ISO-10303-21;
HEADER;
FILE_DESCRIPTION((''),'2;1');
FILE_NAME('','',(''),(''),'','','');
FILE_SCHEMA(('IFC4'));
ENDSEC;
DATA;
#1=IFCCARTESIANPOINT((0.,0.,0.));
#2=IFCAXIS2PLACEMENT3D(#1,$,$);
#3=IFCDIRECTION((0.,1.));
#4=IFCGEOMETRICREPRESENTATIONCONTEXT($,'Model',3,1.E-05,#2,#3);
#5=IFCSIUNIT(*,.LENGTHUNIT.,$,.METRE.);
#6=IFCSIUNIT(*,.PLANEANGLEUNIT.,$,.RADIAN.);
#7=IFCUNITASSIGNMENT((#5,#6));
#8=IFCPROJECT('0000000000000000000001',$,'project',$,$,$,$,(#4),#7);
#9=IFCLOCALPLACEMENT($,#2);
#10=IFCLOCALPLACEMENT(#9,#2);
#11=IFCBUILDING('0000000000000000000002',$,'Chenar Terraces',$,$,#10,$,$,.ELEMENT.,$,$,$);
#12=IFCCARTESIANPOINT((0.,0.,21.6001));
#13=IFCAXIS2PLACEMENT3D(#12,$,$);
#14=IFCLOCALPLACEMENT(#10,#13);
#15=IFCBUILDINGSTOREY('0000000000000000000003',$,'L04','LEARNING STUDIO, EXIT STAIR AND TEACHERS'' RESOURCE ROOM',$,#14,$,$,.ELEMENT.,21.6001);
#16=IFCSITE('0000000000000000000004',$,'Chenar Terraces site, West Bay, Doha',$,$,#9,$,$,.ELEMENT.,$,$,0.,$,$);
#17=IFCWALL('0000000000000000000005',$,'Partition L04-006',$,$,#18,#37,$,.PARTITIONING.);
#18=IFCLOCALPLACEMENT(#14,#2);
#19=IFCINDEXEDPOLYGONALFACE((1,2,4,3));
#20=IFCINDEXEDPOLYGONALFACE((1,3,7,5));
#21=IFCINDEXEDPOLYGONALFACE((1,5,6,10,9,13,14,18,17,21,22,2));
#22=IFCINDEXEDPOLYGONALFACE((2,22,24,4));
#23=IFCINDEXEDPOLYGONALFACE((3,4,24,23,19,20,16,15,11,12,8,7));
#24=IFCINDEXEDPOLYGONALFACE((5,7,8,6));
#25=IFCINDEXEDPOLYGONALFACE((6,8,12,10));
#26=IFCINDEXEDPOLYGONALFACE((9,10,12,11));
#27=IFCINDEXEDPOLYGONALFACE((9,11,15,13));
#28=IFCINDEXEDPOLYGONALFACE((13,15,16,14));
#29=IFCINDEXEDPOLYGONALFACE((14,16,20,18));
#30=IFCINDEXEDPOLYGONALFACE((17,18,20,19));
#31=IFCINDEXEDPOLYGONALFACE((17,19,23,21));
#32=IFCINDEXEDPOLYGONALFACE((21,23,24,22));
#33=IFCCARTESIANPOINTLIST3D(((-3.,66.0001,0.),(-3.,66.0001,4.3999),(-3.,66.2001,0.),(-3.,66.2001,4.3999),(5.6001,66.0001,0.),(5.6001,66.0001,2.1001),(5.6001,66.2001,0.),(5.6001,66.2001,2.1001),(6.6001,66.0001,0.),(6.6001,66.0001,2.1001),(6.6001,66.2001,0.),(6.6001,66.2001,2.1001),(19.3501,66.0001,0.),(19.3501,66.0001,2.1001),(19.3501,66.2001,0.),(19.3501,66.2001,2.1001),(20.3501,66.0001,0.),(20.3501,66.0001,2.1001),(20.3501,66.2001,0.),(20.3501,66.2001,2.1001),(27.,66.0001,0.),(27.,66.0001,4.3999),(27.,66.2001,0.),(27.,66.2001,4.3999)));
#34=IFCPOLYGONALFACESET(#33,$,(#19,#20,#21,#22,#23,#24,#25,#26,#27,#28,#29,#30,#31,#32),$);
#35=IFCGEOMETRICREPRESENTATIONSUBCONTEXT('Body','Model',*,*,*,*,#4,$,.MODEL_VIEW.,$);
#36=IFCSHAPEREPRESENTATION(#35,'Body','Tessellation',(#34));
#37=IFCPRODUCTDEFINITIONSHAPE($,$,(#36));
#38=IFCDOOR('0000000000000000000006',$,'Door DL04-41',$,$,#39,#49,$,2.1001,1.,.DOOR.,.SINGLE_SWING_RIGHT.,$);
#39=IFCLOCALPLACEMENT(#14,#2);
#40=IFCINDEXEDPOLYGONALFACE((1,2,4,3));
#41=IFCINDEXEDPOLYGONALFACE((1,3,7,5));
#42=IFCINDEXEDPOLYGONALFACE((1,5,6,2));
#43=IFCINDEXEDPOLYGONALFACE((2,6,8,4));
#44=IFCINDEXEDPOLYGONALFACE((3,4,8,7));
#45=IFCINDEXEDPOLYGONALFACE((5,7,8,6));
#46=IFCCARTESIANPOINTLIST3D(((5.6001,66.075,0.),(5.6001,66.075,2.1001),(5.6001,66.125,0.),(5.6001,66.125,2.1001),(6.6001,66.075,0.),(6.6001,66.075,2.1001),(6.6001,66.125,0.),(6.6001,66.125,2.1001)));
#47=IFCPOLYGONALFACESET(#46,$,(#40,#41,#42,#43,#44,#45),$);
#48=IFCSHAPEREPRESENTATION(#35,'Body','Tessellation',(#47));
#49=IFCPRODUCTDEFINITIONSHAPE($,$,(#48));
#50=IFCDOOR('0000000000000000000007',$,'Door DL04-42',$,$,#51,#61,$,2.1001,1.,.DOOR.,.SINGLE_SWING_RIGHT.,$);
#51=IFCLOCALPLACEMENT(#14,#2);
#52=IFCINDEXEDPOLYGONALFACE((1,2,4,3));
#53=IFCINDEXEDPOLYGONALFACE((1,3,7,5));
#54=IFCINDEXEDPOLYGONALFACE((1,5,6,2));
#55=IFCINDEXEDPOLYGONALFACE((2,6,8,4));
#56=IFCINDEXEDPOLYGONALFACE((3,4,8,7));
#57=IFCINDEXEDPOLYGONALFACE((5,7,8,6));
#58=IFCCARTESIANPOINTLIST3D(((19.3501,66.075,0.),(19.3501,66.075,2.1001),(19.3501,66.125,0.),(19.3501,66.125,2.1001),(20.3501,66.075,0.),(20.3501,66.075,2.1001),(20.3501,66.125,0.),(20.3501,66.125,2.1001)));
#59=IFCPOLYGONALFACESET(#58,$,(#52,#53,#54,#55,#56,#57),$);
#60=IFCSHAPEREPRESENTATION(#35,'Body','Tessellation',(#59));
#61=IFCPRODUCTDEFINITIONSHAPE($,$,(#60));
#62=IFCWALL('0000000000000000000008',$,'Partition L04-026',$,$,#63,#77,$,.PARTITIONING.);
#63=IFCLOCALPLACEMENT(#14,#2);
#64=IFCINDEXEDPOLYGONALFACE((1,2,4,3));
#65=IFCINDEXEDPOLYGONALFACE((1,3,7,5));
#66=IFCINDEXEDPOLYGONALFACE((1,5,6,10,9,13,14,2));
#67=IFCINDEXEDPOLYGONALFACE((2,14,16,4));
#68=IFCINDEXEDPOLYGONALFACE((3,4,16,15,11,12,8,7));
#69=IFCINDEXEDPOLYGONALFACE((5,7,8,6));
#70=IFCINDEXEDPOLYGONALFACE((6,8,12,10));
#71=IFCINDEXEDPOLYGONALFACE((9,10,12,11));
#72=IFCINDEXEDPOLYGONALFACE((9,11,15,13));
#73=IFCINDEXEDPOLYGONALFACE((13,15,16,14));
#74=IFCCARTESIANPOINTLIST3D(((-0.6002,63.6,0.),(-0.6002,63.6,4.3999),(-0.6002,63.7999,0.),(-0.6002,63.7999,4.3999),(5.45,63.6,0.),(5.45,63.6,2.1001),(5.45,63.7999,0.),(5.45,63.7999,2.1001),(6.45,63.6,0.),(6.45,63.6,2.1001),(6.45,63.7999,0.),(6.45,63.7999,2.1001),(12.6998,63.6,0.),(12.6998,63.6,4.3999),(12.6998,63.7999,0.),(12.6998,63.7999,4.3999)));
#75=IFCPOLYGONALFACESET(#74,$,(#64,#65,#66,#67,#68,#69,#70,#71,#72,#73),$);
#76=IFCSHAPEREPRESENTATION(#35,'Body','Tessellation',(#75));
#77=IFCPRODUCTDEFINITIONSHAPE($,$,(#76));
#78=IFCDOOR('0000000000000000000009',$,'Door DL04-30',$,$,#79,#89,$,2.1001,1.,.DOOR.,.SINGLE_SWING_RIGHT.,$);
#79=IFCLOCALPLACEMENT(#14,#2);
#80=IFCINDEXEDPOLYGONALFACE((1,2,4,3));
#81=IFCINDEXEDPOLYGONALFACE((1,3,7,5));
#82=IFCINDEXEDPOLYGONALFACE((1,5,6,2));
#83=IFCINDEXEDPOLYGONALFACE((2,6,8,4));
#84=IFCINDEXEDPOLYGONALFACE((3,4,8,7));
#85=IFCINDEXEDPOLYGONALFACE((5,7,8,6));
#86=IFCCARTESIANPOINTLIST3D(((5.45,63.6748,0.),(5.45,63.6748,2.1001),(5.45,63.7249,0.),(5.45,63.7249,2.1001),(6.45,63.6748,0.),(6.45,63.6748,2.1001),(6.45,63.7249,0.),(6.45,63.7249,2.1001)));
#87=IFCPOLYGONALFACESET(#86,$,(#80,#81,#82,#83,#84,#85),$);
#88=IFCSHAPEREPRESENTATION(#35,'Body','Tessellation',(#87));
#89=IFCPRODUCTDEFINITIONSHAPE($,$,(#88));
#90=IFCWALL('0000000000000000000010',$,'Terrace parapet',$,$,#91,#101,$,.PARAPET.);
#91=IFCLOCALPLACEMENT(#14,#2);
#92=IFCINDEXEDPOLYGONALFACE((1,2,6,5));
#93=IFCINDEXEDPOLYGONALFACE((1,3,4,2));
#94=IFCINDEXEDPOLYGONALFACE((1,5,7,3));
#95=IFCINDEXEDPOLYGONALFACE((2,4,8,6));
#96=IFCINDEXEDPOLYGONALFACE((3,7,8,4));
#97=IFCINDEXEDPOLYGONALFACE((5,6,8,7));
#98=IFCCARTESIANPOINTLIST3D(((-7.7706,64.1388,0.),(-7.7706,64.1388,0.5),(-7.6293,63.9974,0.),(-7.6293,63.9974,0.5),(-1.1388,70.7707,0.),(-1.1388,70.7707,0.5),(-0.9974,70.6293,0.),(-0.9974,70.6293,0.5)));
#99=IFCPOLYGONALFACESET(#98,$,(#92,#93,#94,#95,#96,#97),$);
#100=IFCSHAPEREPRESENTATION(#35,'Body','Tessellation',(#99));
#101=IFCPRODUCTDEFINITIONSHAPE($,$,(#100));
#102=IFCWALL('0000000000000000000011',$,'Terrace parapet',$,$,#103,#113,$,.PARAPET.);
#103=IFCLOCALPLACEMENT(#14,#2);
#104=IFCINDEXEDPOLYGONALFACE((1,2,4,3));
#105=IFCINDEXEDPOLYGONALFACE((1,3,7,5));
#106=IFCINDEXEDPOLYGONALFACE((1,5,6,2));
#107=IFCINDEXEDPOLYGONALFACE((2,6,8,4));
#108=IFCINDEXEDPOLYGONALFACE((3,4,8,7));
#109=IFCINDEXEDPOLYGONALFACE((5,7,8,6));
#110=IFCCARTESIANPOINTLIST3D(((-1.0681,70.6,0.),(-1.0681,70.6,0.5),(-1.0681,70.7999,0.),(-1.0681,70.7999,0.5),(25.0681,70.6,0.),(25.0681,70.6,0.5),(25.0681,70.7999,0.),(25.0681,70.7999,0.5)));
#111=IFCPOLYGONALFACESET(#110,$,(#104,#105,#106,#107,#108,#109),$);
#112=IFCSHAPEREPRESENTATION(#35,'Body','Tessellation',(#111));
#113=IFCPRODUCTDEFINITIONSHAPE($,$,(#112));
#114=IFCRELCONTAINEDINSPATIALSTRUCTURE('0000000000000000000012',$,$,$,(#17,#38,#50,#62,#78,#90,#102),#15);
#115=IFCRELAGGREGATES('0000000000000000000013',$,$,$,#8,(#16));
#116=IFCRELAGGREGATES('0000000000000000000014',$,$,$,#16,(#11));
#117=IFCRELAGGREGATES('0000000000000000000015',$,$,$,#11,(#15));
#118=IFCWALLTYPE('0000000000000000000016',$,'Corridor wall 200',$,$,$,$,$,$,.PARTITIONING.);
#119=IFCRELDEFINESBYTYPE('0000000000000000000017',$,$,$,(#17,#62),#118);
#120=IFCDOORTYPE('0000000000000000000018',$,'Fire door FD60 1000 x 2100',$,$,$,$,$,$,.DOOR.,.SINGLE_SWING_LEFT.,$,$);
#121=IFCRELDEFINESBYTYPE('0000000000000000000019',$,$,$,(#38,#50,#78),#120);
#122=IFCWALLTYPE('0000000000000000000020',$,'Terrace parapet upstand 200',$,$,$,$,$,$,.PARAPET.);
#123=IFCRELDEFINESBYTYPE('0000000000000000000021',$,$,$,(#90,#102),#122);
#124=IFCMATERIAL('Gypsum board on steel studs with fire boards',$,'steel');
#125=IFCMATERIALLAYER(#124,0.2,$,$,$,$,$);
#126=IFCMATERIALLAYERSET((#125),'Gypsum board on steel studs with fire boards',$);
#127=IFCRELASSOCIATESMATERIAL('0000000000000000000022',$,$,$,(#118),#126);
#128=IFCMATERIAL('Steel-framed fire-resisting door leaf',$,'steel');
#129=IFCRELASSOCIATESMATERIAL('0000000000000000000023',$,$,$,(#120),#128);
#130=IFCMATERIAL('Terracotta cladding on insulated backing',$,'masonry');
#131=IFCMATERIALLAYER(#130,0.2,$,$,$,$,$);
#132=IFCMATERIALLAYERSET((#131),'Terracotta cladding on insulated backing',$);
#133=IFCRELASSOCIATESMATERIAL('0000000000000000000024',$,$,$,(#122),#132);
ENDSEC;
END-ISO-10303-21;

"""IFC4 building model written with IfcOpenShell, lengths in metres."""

from ifc_helpers import new_model, si_unit, direction, frame, frame_2d, origin, place, context, subcontext, project, spatial, rectangle, extrude, material, layer, layer_set, type_object, element, fill, save


model = new_model("IFC4")

# Units and contexts
model_context = context("Model", 3, precision=1e-05, world=origin(), true_north=direction((0.0, 1.0)))
body_context = subcontext(model_context, "Body", "Model", "MODEL_VIEW")
ifc_project = project(units=[si_unit("LENGTHUNIT", "METRE"), si_unit("PLANEANGLEUNIT", "RADIAN")], contexts=[model_context])

# Site, building, storey
site_placement = place(None, origin())
site = spatial("IfcSite", under=ifc_project, at=site_placement, Name="Chenar Terraces site, West Bay, Doha", CompositionType="ELEMENT", RefElevation=0.0)
building_placement = place(site_placement, origin())
building = spatial("IfcBuilding", under=site, at=building_placement, Name="Chenar Terraces", CompositionType="ELEMENT")
storey_placement = place(building_placement, frame((0.0, 0.0, 21.6001)))
storey = spatial("IfcBuildingStorey", under=building, at=storey_placement, Name="L04", Description="LEARNING STUDIO, EXIT STAIR AND TEACHERS' RESOURCE ROOM", CompositionType="ELEMENT", Elevation=21.6001)

# Wall, openings, doors
ifc_material_1 = material(Name="Gypsum board on steel studs with fire boards", Category="steel")
ifc_layer_1 = layer(ifc_material_1, 0.2)
ifc_layer_set_1 = layer_set([ifc_layer_1], Name="Gypsum board on steel studs with fire boards")
wall_type_1 = type_object("IfcWallType", Name="Corridor wall 200", PredefinedType="PARTITIONING", material=ifc_layer_set_1)
wall_1_placement = place(storey_placement, frame((-3.0, 66.1001, 0.0), z_axis=(0.0, 0.0, 1.0), x_axis=(1.0, 0.0, 0.0)))
wall_1 = element("IfcWall", 1, at=wall_1_placement, inside=storey, type_object=wall_type_1, Name="Partition L04-006", PredefinedType="PARTITIONING", context=body_context, shape_type="SweptSolid", body=[
    extrude(rectangle(XDim=30.0, YDim=0.2, at=frame_2d((15.0, 0.0))), origin(), (0.0, 0.0, 1.0), 4.3999),
])
opening_1_placement = place(wall_1_placement, frame((8.6001, 0.0, 0.0)))
opening_1 = element("IfcOpeningElement", 2, at=opening_1_placement, cuts=wall_1, PredefinedType="OPENING", context=body_context, shape_type="SweptSolid", body=[
    extrude(rectangle(XDim=1.0, YDim=2.1001, at=frame_2d((0.5, 1.05))), frame((0.0, 0.1099, 0.0), z_axis=(0.0, -1.0, 0.0), x_axis=(1.0, 0.0, 0.0)), (0.0, 0.0, 1.0), 0.22),
])
opening_2_placement = place(wall_1_placement, frame((22.3501, 0.0, 0.0)))
opening_2 = element("IfcOpeningElement", 3, at=opening_2_placement, cuts=wall_1, PredefinedType="OPENING", context=body_context, shape_type="SweptSolid", body=[
    extrude(rectangle(XDim=1.0, YDim=2.1001, at=frame_2d((0.5, 1.05))), frame((0.0, 0.1099, 0.0), z_axis=(0.0, -1.0, 0.0), x_axis=(1.0, 0.0, 0.0)), (0.0, 0.0, 1.0), 0.22),
])
ifc_material_2 = material(Name="Steel-framed fire-resisting door leaf", Category="steel")
door_type_1 = type_object("IfcDoorType", Name="Fire door FD60 1000 x 2100", OperationType="SINGLE_SWING_LEFT", PredefinedType="DOOR", material=ifc_material_2)
door_1_placement = place(opening_1_placement, origin())
door_1 = element("IfcDoor", 4, at=door_1_placement, inside=storey, type_object=door_type_1, Name="Door DL04-41", OperationType="SINGLE_SWING_RIGHT", OverallHeight=2.1001, OverallWidth=1.0, PredefinedType="DOOR", context=body_context, shape_type="SweptSolid", body=[
    extrude(rectangle(XDim=1.0, YDim=2.1001, at=frame_2d((0.5, 1.05))), frame((0.0, 0.0249, 0.0), z_axis=(0.0, -1.0, 0.0), x_axis=(1.0, 0.0, 0.0)), (0.0, 0.0, 1.0), 0.05),
])
fill(opening_1, door_1)
door_2_placement = place(opening_2_placement, origin())
door_2 = element("IfcDoor", 5, at=door_2_placement, inside=storey, type_object=door_type_1, Name="Door DL04-42", OperationType="SINGLE_SWING_RIGHT", OverallHeight=2.1001, OverallWidth=1.0, PredefinedType="DOOR", context=body_context, shape_type="SweptSolid", body=[
    extrude(rectangle(XDim=1.0, YDim=2.1001, at=frame_2d((0.5, 1.05))), frame((0.0, 0.0249, 0.0), z_axis=(0.0, -1.0, 0.0), x_axis=(1.0, 0.0, 0.0)), (0.0, 0.0, 1.0), 0.05),
])
fill(opening_2, door_2)

# Wall, opening, door
wall_2_placement = place(storey_placement, frame((-0.6001, 63.7, 0.0), z_axis=(0.0, 0.0, 1.0), x_axis=(1.0, 0.0, 0.0)))
wall_2 = element("IfcWall", 6, at=wall_2_placement, inside=storey, type_object=wall_type_1, Name="Partition L04-026", PredefinedType="PARTITIONING", context=body_context, shape_type="SweptSolid", body=[
    extrude(rectangle(XDim=13.3, YDim=0.2, at=frame_2d((6.6499, 0.0))), origin(), (0.0, 0.0, 1.0), 4.3999),
])
opening_3_placement = place(wall_2_placement, frame((6.05, 0.0, 0.0)))
opening_3 = element("IfcOpeningElement", 7, at=opening_3_placement, cuts=wall_2, PredefinedType="OPENING", context=body_context, shape_type="SweptSolid", body=[
    extrude(rectangle(XDim=1.0, YDim=2.1001, at=frame_2d((0.5, 1.05))), frame((0.0, 0.1099, 0.0), z_axis=(0.0, -1.0, 0.0), x_axis=(1.0, 0.0, 0.0)), (0.0, 0.0, 1.0), 0.22),
])
door_3_placement = place(opening_3_placement, origin())
door_3 = element("IfcDoor", 8, at=door_3_placement, inside=storey, type_object=door_type_1, Name="Door DL04-30", OperationType="SINGLE_SWING_RIGHT", OverallHeight=2.1001, OverallWidth=1.0, PredefinedType="DOOR", context=body_context, shape_type="SweptSolid", body=[
    extrude(rectangle(XDim=1.0, YDim=2.1001, at=frame_2d((0.5, 1.05))), frame((0.0, 0.0249, 0.0), z_axis=(0.0, -1.0, 0.0), x_axis=(1.0, 0.0, 0.0)), (0.0, 0.0, 1.0), 0.05),
])
fill(opening_3, door_3)

# Walls
ifc_material_3 = material(Name="Terracotta cladding on insulated backing", Category="masonry")
ifc_layer_2 = layer(ifc_material_3, 0.2)
ifc_layer_set_2 = layer_set([ifc_layer_2], Name="Terracotta cladding on insulated backing")
wall_type_2 = type_object("IfcWallType", Name="Terrace parapet upstand 200", PredefinedType="PARAPET", material=ifc_layer_set_2)
wall_3_placement = place(storey_placement, frame((-7.7, 64.0681, 0.0), z_axis=(0.0, 0.0, 1.0), x_axis=(0.707107, 0.707107, 0.0)))
element("IfcWall", 9, at=wall_3_placement, inside=storey, type_object=wall_type_2, Name="Terrace parapet", PredefinedType="PARAPET", context=body_context, shape_type="SweptSolid", body=[
    extrude(rectangle(XDim=9.3789, YDim=0.2, at=frame_2d((4.6895, 0.0))), origin(), (0.0, 0.0, 1.0), 0.5),
])
wall_4_placement = place(storey_placement, frame((-1.0681, 70.7, 0.0), z_axis=(0.0, 0.0, 1.0), x_axis=(1.0, 0.0, 0.0)))
element("IfcWall", 10, at=wall_4_placement, inside=storey, type_object=wall_type_2, Name="Terrace parapet", PredefinedType="PARAPET", context=body_context, shape_type="SweptSolid", body=[
    extrude(rectangle(XDim=26.1362, YDim=0.2, at=frame_2d((13.0681, 0.0))), origin(), (0.0, 0.0, 1.0), 0.5),
])

save(model, "model.ifc")
